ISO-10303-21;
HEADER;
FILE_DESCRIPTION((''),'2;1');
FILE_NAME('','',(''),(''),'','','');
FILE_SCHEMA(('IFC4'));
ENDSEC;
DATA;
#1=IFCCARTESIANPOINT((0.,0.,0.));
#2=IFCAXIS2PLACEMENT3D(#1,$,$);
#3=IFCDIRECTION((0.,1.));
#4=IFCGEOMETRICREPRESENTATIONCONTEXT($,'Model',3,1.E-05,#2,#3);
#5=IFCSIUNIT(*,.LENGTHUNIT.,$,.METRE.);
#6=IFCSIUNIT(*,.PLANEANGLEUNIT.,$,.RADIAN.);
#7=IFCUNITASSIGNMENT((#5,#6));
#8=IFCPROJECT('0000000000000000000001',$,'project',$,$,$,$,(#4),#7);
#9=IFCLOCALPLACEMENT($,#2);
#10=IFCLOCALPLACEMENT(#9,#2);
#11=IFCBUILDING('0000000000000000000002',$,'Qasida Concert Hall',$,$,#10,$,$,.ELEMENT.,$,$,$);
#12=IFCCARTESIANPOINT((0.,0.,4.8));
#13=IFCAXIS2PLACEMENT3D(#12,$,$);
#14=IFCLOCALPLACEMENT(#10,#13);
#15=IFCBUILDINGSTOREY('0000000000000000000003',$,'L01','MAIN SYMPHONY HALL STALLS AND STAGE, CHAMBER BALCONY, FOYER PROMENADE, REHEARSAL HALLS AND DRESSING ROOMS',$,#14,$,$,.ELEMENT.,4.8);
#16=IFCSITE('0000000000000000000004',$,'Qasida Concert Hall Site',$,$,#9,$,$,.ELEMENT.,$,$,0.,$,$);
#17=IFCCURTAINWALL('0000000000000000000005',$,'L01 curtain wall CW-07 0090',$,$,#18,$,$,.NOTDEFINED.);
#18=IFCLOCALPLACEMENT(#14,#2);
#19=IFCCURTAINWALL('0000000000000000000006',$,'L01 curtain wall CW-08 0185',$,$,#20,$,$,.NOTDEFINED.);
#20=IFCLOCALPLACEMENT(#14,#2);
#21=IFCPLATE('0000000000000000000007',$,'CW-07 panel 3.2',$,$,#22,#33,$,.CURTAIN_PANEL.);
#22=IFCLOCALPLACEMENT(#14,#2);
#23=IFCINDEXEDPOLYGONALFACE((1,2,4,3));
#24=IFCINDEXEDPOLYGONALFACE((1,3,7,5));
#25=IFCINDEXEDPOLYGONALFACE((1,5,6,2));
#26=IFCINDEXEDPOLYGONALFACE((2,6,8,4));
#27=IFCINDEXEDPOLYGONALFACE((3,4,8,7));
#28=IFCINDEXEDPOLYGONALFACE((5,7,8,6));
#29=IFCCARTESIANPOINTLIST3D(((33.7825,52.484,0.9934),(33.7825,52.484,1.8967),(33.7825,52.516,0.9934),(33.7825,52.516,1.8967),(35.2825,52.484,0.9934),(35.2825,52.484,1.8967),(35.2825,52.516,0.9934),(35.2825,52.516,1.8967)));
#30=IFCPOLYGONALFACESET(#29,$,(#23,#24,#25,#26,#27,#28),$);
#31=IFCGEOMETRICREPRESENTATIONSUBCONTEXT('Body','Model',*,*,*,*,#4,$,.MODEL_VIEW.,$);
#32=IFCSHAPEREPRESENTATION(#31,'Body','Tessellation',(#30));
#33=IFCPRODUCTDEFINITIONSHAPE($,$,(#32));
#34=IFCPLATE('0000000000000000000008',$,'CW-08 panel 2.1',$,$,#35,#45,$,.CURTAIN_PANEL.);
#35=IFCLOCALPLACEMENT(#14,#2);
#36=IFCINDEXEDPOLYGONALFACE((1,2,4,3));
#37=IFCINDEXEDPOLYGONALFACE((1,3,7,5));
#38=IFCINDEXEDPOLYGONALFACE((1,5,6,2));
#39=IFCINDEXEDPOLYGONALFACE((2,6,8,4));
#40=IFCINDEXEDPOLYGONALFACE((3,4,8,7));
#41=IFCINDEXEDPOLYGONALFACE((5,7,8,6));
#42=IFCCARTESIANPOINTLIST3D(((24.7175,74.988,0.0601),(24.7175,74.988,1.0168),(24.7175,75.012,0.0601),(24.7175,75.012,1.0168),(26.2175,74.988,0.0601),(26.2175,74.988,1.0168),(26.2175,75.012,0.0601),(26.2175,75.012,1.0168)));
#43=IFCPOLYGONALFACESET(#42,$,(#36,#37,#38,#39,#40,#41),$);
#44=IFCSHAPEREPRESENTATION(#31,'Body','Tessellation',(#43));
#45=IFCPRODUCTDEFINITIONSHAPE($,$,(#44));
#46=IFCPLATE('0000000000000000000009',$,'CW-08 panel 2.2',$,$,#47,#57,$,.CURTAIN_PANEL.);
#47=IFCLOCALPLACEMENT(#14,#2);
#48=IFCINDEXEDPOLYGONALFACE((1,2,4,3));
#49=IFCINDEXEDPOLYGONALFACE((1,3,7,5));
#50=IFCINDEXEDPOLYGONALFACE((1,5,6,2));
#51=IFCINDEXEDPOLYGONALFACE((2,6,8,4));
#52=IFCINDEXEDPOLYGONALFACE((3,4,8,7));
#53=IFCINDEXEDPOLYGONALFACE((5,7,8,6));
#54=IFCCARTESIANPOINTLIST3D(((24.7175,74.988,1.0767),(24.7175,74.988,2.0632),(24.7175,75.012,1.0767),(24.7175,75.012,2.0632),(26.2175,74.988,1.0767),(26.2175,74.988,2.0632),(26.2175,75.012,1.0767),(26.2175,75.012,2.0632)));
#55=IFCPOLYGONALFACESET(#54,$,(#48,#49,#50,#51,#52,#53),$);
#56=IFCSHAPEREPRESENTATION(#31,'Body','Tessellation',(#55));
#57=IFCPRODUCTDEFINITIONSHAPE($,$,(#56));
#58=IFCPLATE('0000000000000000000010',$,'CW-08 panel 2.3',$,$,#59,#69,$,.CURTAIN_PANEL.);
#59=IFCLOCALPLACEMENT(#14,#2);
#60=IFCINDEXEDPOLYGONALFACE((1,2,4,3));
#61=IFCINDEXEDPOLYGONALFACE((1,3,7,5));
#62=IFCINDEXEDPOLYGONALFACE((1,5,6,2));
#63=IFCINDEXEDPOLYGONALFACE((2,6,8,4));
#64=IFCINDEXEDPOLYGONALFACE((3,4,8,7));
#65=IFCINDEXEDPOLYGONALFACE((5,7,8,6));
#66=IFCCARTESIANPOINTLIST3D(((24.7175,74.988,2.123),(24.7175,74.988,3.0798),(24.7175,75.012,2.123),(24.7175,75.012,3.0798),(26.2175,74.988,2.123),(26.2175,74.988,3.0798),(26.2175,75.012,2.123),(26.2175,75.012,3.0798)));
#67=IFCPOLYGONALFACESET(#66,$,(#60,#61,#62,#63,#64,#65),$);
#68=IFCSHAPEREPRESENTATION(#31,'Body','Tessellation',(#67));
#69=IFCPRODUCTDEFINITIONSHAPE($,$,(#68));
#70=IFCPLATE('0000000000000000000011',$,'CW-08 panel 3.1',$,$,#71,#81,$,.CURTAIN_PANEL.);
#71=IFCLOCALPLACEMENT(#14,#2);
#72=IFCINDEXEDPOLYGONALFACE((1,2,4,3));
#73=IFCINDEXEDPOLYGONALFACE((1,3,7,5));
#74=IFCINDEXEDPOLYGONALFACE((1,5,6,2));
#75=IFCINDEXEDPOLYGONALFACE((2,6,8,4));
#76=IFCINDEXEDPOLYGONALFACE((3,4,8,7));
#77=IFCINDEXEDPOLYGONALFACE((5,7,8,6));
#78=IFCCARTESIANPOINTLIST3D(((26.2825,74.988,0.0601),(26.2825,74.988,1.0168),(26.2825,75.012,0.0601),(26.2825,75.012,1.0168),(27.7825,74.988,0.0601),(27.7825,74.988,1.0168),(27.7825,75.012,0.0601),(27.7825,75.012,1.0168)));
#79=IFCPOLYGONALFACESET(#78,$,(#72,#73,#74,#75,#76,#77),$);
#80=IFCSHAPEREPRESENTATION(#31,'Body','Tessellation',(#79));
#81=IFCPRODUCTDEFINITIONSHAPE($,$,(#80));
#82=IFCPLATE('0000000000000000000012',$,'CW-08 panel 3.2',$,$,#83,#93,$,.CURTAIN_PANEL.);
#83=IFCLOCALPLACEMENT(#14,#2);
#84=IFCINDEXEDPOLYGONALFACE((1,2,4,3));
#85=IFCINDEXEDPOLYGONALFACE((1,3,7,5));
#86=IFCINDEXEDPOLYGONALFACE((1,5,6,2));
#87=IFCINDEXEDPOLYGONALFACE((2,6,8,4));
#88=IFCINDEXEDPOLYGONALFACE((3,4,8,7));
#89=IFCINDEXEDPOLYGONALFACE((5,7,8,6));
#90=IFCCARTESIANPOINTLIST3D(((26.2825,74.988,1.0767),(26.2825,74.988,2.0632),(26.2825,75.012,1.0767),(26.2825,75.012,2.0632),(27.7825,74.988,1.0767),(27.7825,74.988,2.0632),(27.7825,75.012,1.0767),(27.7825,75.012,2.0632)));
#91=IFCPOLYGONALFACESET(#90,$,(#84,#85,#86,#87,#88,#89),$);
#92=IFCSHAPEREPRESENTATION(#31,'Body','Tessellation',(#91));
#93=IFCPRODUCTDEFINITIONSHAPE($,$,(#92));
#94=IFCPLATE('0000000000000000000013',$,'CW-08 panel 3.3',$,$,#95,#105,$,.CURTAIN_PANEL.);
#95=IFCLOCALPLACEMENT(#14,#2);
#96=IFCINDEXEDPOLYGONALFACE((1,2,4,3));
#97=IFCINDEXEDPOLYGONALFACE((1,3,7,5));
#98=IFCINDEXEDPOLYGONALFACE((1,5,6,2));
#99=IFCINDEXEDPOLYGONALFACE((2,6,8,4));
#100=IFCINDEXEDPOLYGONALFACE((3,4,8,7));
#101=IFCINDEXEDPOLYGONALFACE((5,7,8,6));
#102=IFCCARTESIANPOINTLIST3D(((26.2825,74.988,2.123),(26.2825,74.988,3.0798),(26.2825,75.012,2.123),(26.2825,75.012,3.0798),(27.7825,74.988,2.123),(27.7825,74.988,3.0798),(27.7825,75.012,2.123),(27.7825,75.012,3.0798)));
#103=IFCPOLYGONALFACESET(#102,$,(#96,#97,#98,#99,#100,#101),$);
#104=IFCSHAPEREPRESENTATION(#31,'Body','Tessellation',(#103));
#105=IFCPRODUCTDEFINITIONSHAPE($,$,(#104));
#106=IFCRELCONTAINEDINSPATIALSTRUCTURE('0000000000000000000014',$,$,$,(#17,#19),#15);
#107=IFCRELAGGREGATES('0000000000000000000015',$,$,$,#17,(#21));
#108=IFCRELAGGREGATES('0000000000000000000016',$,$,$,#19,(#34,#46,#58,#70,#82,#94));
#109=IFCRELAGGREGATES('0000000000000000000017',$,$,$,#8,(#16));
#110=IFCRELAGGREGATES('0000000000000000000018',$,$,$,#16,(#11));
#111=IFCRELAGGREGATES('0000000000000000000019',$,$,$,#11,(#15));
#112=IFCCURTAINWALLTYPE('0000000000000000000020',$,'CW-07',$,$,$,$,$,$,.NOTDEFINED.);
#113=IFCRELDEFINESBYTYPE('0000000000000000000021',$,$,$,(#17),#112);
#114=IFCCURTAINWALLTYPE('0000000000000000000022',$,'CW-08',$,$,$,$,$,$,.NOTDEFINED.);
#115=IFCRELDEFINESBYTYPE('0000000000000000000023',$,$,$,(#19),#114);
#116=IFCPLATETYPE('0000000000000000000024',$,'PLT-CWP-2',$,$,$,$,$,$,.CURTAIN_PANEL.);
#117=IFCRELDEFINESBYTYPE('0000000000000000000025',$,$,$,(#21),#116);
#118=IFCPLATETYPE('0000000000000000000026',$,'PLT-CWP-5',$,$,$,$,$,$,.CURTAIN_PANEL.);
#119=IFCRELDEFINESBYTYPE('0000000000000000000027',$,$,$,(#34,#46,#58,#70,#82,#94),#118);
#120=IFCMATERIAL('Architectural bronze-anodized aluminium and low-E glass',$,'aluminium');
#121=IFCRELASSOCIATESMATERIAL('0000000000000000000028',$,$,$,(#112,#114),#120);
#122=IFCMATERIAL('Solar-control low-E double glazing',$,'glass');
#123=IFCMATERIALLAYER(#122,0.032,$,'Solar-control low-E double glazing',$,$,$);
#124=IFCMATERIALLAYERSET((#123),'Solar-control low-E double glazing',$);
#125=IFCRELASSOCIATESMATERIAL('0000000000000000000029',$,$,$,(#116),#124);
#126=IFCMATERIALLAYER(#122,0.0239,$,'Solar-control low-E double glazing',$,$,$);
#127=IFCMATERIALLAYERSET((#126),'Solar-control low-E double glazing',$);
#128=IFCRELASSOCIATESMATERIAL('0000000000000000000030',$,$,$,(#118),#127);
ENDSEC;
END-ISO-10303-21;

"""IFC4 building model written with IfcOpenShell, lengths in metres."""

from ifc_helpers import new_model, si_unit, direction, frame, origin, origin_2d, place, context, subcontext, project, spatial, rectangle, extrude, material, layer, layer_set, type_object, element, aggregate, save


model = new_model("IFC4")

# Units and contexts
model_context = context("Model", 3, precision=1e-05, world=origin(), true_north=direction((0.0, 1.0)))
body_context = subcontext(model_context, "Body", "Model", "MODEL_VIEW")
ifc_project = project(units=[si_unit("LENGTHUNIT", "METRE"), si_unit("PLANEANGLEUNIT", "RADIAN")], contexts=[model_context])

# Site, building, storey
site_placement = place(None, origin())
site = spatial("IfcSite", under=ifc_project, at=site_placement, Name="Qasida Concert Hall Site", CompositionType="ELEMENT", RefElevation=0.0)
building_placement = place(site_placement, origin())
building = spatial("IfcBuilding", under=site, at=building_placement, Name="Qasida Concert Hall", CompositionType="ELEMENT")
storey_placement = place(building_placement, frame((0.0, 0.0, 4.8)))
storey = spatial("IfcBuildingStorey", under=building, at=storey_placement, Name="L01", Description="MAIN SYMPHONY HALL STALLS AND STAGE, CHAMBER BALCONY, FOYER PROMENADE, REHEARSAL HALLS AND DRESSING ROOMS", CompositionType="ELEMENT", Elevation=4.8)

# Curtain walls
ifc_material_1 = material(Name="Architectural bronze-anodized aluminium and low-E glass", Category="aluminium")
curtain_wall_type_1 = type_object("IfcCurtainWallType", Name="CW-07", PredefinedType="NOTDEFINED", material=ifc_material_1)
curtain_wall_1_placement = place(storey_placement, origin())
curtain_wall_1 = element("IfcCurtainWall", 1, at=curtain_wall_1_placement, inside=storey, type_object=curtain_wall_type_1, Name="L01 curtain wall CW-07 0090", PredefinedType="NOTDEFINED")
curtain_wall_type_2 = type_object("IfcCurtainWallType", Name="CW-08", PredefinedType="NOTDEFINED", material=ifc_material_1)
curtain_wall_2_placement = place(storey_placement, origin())
curtain_wall_2 = element("IfcCurtainWall", 2, at=curtain_wall_2_placement, inside=storey, type_object=curtain_wall_type_2, Name="L01 curtain wall CW-08 0185", PredefinedType="NOTDEFINED")

# Plates
ifc_material_2 = material(Name="Solar-control low-E double glazing", Category="glass")
ifc_layer_1 = layer(ifc_material_2, 0.032, Name="Solar-control low-E double glazing")
ifc_layer_set_1 = layer_set([ifc_layer_1], Name="Solar-control low-E double glazing")
plate_type_1 = type_object("IfcPlateType", Name="PLT-CWP-2", PredefinedType="CURTAIN_PANEL", material=ifc_layer_set_1)
plate_1_placement = place(storey_placement, frame((34.5325, 52.5, 0.9934), z_axis=(0.0, 0.0, 1.0), x_axis=(1.0, 0.0, 0.0)))
plate_1 = element("IfcPlate", 3, at=plate_1_placement, type_object=plate_type_1, Name="CW-07 panel 3.2", PredefinedType="CURTAIN_PANEL", context=body_context, shape_type="SweptSolid", body=[
    extrude(rectangle(XDim=1.5, YDim=0.032, at=origin_2d()), origin(), (0.0, 0.0, 1.0), 0.9033),
])
aggregate(curtain_wall_1, [plate_1])
ifc_layer_2 = layer(ifc_material_2, 0.0239, Name="Solar-control low-E double glazing")
ifc_layer_set_2 = layer_set([ifc_layer_2], Name="Solar-control low-E double glazing")
plate_type_2 = type_object("IfcPlateType", Name="PLT-CWP-5", PredefinedType="CURTAIN_PANEL", material=ifc_layer_set_2)
plate_2_placement = place(storey_placement, frame((25.4675, 75.0, 0.0601), z_axis=(0.0, 0.0, 1.0), x_axis=(1.0, 0.0, 0.0)))
plate_2 = element("IfcPlate", 4, at=plate_2_placement, type_object=plate_type_2, Name="CW-08 panel 2.1", PredefinedType="CURTAIN_PANEL", context=body_context, shape_type="SweptSolid", body=[
    extrude(rectangle(XDim=1.5, YDim=0.0239, at=origin_2d()), origin(), (0.0, 0.0, 1.0), 0.9568),
])
plate_3_placement = place(storey_placement, frame((25.4675, 75.0, 1.0767), z_axis=(0.0, 0.0, 1.0), x_axis=(1.0, 0.0, 0.0)))
plate_3 = element("IfcPlate", 5, at=plate_3_placement, type_object=plate_type_2, Name="CW-08 panel 2.2", PredefinedType="CURTAIN_PANEL", context=body_context, shape_type="SweptSolid", body=[
    extrude(rectangle(XDim=1.5, YDim=0.0239, at=origin_2d()), origin(), (0.0, 0.0, 1.0), 0.9866),
])
plate_4_placement = place(storey_placement, frame((25.4675, 75.0, 2.123), z_axis=(0.0, 0.0, 1.0), x_axis=(1.0, 0.0, 0.0)))
plate_4 = element("IfcPlate", 6, at=plate_4_placement, type_object=plate_type_2, Name="CW-08 panel 2.3", PredefinedType="CURTAIN_PANEL", context=body_context, shape_type="SweptSolid", body=[
    extrude(rectangle(XDim=1.5, YDim=0.0239, at=origin_2d()), origin(), (0.0, 0.0, 1.0), 0.9568),
])
plate_5_placement = place(storey_placement, frame((27.0325, 75.0, 0.0601), z_axis=(0.0, 0.0, 1.0), x_axis=(1.0, 0.0, 0.0)))
plate_5 = element("IfcPlate", 7, at=plate_5_placement, type_object=plate_type_2, Name="CW-08 panel 3.1", PredefinedType="CURTAIN_PANEL", context=body_context, shape_type="SweptSolid", body=[
    extrude(rectangle(XDim=1.5, YDim=0.0239, at=origin_2d()), origin(), (0.0, 0.0, 1.0), 0.9568),
])
plate_6_placement = place(storey_placement, frame((27.0325, 75.0, 1.0767), z_axis=(0.0, 0.0, 1.0), x_axis=(1.0, 0.0, 0.0)))
plate_6 = element("IfcPlate", 8, at=plate_6_placement, type_object=plate_type_2, Name="CW-08 panel 3.2", PredefinedType="CURTAIN_PANEL", context=body_context, shape_type="SweptSolid", body=[
    extrude(rectangle(XDim=1.5, YDim=0.0239, at=origin_2d()), origin(), (0.0, 0.0, 1.0), 0.9866),
])
plate_7_placement = place(storey_placement, frame((27.0325, 75.0, 2.123), z_axis=(0.0, 0.0, 1.0), x_axis=(1.0, 0.0, 0.0)))
plate_7 = element("IfcPlate", 9, at=plate_7_placement, type_object=plate_type_2, Name="CW-08 panel 3.3", PredefinedType="CURTAIN_PANEL", context=body_context, shape_type="SweptSolid", body=[
    extrude(rectangle(XDim=1.5, YDim=0.0239, at=origin_2d()), origin(), (0.0, 0.0, 1.0), 0.9568),
])
aggregate(curtain_wall_2, [plate_2, plate_3, plate_4, plate_5, plate_6, plate_7])

save(model, "model.ifc")
